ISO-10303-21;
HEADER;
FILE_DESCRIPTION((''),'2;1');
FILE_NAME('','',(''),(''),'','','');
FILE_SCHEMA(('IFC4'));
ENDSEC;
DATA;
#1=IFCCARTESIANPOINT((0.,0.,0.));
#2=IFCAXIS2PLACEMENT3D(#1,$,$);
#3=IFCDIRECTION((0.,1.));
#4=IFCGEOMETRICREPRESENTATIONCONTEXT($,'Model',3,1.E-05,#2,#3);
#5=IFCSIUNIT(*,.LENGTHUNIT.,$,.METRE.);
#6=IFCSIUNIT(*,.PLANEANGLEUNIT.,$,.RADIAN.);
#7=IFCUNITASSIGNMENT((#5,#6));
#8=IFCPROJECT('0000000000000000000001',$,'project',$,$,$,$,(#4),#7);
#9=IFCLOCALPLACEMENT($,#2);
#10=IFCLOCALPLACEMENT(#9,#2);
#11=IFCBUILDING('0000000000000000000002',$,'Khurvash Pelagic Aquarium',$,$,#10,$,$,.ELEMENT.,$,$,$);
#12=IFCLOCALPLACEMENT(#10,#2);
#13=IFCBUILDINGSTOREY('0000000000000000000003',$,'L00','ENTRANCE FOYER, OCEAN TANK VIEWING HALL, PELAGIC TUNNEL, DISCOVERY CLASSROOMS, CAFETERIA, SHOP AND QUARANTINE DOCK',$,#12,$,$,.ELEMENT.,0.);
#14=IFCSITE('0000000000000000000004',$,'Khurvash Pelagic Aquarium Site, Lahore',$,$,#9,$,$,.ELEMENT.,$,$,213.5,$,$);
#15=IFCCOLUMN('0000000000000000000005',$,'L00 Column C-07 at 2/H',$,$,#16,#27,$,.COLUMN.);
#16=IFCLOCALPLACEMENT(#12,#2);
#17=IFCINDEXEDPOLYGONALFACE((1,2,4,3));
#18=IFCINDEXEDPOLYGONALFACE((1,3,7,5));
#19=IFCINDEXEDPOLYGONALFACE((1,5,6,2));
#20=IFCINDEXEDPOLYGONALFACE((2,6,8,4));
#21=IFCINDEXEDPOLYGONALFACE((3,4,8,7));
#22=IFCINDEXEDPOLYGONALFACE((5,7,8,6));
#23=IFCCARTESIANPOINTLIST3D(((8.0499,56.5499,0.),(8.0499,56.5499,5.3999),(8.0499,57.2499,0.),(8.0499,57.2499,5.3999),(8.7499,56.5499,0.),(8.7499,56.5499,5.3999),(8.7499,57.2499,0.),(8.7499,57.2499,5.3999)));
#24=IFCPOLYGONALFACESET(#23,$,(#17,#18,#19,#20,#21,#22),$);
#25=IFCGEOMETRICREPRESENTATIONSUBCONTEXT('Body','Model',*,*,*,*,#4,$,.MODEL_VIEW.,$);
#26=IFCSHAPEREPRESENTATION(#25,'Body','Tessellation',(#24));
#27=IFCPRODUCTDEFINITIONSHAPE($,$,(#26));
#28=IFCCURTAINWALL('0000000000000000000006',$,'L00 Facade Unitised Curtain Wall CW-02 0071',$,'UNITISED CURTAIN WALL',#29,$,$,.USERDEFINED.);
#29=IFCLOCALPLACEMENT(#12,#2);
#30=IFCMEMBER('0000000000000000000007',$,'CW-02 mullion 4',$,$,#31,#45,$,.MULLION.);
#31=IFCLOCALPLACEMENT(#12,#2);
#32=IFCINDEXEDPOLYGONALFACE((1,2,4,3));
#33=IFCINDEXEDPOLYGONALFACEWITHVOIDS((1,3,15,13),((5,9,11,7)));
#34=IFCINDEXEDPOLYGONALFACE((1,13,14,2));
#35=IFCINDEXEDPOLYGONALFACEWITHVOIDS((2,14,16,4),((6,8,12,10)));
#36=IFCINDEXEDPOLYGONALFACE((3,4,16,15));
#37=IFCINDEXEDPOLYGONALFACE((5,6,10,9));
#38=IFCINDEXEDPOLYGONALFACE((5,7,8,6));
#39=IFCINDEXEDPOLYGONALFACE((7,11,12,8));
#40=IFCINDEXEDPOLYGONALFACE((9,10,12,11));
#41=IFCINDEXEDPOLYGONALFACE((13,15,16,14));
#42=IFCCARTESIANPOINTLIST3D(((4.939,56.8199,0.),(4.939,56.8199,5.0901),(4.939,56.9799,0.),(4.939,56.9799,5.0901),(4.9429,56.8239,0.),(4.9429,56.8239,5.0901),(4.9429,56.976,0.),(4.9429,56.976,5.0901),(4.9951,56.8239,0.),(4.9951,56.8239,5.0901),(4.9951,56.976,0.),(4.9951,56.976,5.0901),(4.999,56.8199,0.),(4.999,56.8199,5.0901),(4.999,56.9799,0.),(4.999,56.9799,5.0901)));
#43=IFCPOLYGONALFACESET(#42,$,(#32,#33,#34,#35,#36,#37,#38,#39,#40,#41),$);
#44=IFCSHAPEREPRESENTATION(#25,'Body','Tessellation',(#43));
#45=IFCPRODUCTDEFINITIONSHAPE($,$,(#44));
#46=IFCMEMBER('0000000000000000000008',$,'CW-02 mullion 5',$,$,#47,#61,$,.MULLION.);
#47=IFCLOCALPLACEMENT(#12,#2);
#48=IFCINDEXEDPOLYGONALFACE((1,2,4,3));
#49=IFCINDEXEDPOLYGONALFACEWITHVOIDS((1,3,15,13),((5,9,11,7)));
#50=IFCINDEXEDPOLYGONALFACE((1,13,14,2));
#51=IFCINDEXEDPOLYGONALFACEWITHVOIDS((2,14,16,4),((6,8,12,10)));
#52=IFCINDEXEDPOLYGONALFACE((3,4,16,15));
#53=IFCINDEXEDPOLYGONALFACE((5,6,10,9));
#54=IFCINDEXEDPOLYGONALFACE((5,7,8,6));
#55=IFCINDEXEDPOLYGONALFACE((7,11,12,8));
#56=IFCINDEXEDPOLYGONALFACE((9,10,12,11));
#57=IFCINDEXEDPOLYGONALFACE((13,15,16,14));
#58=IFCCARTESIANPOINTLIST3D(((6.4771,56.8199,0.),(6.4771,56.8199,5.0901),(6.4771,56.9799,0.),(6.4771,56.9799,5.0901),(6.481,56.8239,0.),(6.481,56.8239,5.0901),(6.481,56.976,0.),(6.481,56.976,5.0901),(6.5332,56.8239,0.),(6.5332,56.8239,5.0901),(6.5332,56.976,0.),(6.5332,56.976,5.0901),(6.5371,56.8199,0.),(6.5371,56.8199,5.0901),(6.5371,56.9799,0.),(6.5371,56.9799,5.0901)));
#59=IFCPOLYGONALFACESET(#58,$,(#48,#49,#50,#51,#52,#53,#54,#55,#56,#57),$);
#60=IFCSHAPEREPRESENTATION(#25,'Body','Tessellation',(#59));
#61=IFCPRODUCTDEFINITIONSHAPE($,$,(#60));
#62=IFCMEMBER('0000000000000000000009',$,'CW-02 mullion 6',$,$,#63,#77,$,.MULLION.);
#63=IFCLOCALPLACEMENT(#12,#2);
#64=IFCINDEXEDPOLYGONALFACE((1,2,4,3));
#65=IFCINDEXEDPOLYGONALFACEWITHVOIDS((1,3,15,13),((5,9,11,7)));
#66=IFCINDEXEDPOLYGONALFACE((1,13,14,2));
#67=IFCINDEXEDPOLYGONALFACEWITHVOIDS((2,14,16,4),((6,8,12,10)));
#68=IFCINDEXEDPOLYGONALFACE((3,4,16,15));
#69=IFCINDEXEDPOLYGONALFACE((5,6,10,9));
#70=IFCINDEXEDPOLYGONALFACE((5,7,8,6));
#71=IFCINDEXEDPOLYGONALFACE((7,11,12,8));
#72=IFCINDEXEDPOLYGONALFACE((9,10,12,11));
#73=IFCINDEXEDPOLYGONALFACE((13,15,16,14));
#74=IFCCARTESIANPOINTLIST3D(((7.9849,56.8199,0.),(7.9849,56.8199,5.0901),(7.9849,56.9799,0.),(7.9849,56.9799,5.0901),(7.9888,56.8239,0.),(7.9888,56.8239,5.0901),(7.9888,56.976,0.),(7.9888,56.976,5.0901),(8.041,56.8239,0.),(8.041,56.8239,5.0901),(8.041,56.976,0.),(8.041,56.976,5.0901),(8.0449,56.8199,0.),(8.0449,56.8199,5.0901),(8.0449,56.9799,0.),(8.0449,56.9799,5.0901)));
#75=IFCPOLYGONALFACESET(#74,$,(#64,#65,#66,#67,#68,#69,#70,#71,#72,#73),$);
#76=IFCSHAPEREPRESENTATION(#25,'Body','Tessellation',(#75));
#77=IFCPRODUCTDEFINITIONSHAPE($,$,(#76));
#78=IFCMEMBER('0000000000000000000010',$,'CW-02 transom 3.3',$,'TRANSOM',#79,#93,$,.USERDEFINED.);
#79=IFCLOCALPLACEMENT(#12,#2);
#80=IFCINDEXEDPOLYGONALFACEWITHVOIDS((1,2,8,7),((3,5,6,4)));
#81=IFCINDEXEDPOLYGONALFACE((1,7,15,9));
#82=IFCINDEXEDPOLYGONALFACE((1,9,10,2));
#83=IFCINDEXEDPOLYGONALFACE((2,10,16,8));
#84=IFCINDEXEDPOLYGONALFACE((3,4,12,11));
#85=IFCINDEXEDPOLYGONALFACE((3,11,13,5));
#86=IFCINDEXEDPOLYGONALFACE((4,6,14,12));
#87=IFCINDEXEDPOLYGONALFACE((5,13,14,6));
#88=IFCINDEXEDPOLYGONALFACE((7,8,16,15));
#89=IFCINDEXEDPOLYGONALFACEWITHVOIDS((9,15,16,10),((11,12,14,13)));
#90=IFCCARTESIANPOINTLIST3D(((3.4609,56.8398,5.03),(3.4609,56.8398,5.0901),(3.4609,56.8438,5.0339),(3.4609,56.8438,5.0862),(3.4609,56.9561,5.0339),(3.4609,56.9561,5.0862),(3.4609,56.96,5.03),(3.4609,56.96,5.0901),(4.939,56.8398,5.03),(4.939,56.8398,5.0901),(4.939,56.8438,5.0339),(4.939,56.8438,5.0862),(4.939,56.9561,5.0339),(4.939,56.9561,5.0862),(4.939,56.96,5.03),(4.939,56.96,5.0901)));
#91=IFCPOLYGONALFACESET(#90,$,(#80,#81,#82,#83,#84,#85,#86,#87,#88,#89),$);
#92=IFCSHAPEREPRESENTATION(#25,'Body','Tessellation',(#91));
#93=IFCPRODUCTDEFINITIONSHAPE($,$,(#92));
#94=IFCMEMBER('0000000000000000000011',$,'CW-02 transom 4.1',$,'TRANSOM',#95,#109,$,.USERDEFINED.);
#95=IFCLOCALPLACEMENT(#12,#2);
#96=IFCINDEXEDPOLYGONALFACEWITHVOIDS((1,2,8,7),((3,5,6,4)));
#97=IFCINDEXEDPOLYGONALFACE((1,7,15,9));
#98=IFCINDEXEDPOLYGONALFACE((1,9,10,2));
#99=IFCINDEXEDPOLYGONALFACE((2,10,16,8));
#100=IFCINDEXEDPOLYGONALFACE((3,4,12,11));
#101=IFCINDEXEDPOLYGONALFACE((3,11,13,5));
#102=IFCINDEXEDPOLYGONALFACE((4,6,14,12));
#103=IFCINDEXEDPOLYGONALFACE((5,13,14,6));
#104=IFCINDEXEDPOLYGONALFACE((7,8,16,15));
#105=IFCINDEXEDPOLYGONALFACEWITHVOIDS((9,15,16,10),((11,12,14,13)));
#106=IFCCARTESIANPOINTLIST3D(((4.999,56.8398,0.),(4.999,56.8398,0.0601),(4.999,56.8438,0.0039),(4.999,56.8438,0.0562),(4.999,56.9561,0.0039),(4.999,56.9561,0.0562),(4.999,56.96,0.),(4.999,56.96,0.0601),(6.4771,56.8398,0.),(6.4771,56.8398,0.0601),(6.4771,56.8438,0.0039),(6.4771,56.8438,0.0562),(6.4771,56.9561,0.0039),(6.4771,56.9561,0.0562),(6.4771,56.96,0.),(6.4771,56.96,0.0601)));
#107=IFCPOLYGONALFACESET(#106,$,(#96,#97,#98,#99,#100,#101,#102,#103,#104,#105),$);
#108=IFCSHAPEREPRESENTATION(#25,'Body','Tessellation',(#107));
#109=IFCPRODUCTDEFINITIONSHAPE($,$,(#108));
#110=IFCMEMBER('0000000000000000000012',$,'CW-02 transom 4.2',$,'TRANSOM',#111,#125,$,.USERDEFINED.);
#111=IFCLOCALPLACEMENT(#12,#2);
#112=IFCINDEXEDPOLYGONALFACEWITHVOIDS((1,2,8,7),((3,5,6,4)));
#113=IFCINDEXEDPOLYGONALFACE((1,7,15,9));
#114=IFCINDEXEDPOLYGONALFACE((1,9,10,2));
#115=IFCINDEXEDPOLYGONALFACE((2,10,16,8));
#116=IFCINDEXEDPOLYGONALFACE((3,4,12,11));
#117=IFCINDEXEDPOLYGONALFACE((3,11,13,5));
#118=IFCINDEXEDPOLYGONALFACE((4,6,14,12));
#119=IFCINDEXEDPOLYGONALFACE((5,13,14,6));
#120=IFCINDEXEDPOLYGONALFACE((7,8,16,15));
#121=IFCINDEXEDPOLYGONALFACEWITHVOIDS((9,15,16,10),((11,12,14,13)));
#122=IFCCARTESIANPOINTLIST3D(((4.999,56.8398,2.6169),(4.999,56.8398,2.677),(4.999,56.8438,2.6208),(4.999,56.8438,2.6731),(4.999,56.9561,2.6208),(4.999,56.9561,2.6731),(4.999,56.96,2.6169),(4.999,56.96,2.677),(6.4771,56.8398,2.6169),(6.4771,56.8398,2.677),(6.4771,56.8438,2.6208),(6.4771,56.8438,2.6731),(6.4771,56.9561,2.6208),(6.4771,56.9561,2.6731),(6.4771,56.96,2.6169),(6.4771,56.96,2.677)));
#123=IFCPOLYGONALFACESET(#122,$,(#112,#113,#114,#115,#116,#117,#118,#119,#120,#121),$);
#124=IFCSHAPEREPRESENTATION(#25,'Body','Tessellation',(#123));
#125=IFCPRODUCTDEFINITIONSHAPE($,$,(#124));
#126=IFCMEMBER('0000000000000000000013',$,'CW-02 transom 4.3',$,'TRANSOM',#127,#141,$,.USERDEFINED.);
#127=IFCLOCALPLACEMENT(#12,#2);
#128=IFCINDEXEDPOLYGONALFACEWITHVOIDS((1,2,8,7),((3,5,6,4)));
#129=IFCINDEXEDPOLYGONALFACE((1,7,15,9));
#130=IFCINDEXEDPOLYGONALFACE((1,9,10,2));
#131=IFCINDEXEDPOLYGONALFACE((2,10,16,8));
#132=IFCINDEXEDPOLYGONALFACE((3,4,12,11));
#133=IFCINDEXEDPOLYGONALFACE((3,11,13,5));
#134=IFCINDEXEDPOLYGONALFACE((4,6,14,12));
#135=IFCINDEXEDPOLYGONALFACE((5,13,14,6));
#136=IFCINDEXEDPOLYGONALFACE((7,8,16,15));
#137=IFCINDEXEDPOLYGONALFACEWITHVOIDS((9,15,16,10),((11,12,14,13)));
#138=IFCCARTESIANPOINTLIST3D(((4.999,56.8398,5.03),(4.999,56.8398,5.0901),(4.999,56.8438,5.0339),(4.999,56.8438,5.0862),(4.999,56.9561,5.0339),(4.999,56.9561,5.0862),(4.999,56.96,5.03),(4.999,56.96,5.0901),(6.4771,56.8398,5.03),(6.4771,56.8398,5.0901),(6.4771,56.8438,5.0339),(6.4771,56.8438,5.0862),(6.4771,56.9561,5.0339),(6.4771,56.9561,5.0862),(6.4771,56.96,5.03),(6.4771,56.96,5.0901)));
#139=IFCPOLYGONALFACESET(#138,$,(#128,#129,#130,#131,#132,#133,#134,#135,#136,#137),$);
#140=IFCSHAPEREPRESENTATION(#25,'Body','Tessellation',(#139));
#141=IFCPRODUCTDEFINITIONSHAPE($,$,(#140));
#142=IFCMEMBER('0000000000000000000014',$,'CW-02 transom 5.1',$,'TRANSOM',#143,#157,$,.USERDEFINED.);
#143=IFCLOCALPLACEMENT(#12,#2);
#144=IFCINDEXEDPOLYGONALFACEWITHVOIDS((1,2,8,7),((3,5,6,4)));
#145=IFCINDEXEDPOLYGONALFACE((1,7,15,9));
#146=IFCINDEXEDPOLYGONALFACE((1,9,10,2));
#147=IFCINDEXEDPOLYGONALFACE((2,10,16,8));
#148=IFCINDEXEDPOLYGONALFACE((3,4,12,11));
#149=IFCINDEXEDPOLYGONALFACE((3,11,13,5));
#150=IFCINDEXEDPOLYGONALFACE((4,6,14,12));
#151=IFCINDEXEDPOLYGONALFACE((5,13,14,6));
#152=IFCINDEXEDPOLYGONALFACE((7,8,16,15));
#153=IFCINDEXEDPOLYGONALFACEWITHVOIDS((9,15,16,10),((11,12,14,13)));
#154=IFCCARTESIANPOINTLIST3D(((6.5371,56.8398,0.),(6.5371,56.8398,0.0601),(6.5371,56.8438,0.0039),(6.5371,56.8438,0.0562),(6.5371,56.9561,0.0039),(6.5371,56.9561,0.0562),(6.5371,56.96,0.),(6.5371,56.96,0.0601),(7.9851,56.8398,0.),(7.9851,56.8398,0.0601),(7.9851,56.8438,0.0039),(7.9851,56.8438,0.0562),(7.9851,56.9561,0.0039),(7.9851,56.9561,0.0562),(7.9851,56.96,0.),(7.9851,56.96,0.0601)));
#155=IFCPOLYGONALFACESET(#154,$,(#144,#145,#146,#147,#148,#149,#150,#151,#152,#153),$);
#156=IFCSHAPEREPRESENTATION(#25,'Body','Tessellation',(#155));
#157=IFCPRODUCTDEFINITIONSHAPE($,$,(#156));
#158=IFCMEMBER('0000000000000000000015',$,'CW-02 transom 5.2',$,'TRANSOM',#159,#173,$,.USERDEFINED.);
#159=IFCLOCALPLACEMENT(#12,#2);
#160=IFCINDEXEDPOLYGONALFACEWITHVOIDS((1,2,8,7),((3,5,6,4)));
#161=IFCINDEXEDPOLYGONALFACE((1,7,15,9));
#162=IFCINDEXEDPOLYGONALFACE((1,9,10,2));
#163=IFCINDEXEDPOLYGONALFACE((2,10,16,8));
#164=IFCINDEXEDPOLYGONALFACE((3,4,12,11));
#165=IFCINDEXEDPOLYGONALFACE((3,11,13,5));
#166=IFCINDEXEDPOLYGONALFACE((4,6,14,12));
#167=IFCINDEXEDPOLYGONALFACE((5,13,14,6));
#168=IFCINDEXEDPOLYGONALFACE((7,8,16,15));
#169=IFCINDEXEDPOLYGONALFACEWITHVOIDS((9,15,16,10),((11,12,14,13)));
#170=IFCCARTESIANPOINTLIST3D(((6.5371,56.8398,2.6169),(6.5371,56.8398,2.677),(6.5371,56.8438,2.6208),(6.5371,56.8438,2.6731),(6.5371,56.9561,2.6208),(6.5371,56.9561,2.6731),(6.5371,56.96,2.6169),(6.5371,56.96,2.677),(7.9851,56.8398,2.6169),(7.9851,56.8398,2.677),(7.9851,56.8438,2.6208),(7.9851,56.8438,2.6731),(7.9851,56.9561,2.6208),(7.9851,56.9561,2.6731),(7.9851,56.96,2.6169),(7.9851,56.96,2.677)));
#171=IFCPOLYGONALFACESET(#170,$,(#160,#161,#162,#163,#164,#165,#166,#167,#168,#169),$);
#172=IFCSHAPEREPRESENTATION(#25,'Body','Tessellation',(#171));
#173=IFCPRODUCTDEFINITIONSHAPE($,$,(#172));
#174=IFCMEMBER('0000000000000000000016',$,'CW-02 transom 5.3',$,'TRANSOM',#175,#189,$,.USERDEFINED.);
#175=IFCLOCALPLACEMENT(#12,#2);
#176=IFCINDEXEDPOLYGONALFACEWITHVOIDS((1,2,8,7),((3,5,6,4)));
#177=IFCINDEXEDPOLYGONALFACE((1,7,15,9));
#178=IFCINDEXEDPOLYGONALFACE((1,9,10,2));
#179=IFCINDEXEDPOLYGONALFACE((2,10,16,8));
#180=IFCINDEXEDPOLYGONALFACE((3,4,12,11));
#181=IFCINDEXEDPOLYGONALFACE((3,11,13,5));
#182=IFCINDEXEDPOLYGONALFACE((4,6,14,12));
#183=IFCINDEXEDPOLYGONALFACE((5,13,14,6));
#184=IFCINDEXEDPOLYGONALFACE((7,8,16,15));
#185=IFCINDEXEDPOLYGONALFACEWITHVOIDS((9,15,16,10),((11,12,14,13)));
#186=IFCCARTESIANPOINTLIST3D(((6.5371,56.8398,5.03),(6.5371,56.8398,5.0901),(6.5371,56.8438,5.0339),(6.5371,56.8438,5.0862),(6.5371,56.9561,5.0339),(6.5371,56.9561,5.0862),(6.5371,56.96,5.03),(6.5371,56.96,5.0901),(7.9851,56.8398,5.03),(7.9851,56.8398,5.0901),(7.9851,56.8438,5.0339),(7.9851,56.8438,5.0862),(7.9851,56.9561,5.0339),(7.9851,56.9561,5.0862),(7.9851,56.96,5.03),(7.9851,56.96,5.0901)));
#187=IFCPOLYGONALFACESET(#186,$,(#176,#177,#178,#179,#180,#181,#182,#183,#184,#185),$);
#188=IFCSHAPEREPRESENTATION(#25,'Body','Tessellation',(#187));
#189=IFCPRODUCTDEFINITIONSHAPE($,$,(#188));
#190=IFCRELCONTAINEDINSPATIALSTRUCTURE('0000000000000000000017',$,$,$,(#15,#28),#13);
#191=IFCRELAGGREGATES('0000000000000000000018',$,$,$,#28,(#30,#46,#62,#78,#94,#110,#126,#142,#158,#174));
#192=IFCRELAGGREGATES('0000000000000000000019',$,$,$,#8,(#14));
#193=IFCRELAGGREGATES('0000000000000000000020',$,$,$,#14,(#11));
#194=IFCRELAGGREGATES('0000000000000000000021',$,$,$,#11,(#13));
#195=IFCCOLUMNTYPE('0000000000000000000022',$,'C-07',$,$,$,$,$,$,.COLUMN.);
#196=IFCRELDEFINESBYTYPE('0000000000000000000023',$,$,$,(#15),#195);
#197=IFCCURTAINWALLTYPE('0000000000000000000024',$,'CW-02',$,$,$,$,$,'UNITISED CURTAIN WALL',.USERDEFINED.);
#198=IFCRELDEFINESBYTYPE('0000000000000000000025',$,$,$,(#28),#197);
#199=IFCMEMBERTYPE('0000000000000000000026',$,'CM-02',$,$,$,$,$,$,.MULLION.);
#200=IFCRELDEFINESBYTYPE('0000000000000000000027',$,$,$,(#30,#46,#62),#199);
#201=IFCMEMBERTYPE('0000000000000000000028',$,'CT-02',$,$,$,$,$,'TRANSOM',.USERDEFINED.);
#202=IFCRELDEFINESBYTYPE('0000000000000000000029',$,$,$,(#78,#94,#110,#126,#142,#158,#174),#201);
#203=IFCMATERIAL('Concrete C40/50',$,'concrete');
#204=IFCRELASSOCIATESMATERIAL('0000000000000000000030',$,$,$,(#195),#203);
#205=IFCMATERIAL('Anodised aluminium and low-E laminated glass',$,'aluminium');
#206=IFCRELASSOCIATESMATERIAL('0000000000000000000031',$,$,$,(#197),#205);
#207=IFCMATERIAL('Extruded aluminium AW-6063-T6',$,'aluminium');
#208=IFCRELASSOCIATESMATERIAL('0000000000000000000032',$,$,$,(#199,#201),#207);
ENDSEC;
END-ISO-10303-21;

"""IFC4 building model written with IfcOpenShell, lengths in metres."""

from ifc_helpers import new_model, si_unit, direction, frame, origin, origin_2d, place, context, subcontext, project, spatial, rectangle, hollow_rectangle, extrude, material, material_profile, profile_set, type_object, element, aggregate, save


model = new_model("IFC4")

# Units and contexts
model_context = context("Model", 3, precision=1e-05, world=origin(), true_north=direction((0.0, 1.0)))
body_context = subcontext(model_context, "Body", "Model", "MODEL_VIEW")
ifc_project = project(units=[si_unit("LENGTHUNIT", "METRE"), si_unit("PLANEANGLEUNIT", "RADIAN")], contexts=[model_context])

# Site, building, storey
site_placement = place(None, origin())
site = spatial("IfcSite", under=ifc_project, at=site_placement, Name="Khurvash Pelagic Aquarium Site, Lahore", CompositionType="ELEMENT", RefElevation=213.5)
building_placement = place(site_placement, origin())
building = spatial("IfcBuilding", under=site, at=building_placement, Name="Khurvash Pelagic Aquarium", CompositionType="ELEMENT")
storey_placement = place(building_placement, origin())
storey = spatial("IfcBuildingStorey", under=building, at=storey_placement, Name="L00", Description="ENTRANCE FOYER, OCEAN TANK VIEWING HALL, PELAGIC TUNNEL, DISCOVERY CLASSROOMS, CAFETERIA, SHOP AND QUARANTINE DOCK", CompositionType="ELEMENT", Elevation=0.0)

# Column
ifc_material_1 = material(Name="Concrete C40/50", Category="concrete")
ifc_material_profile_1 = material_profile(ifc_material_1, rectangle(XDim=0.7, YDim=0.7, at=origin_2d()), Name="RC700X700")
ifc_profile_set_1 = profile_set([ifc_material_profile_1], Name="Concrete C40/50")
column_type = type_object("IfcColumnType", Name="C-07", PredefinedType="COLUMN", material=ifc_profile_set_1)
column_placement = place(storey_placement, frame((8.3999, 56.8999, 0.0), z_axis=(0.0, 0.0, 1.0), x_axis=(1.0, 0.0, 0.0)))
element("IfcColumn", 1, at=column_placement, inside=storey, type_object=column_type, Name="L00 Column C-07 at 2/H", PredefinedType="COLUMN", context=body_context, shape_type="SweptSolid", body=[
    extrude(rectangle(XDim=0.7, YDim=0.7, at=origin_2d()), origin(), (0.0, 0.0, 1.0), 5.3999),
])

# Curtain wall, members
ifc_material_2 = material(Name="Anodised aluminium and low-E laminated glass", Category="aluminium")
curtain_wall_type = type_object("IfcCurtainWallType", Name="CW-02", ElementType="UNITISED CURTAIN WALL", PredefinedType="USERDEFINED", material=ifc_material_2)
curtain_wall_placement = place(storey_placement, origin())
curtain_wall = element("IfcCurtainWall", 2, at=curtain_wall_placement, inside=storey, type_object=curtain_wall_type, Name="L00 Facade Unitised Curtain Wall CW-02 0071", ObjectType="UNITISED CURTAIN WALL", PredefinedType="USERDEFINED")
ifc_material_3 = material(Name="Extruded aluminium AW-6063-T6", Category="aluminium")
ifc_material_profile_2 = material_profile(ifc_material_3, hollow_rectangle(XDim=0.0601, YDim=0.1599, WallThickness=0.0039, at=origin_2d()), Name="CWM60X160X4")
ifc_profile_set_2 = profile_set([ifc_material_profile_2], Name="Extruded aluminium AW-6063-T6")
member_type_1 = type_object("IfcMemberType", Name="CM-02", PredefinedType="MULLION", material=ifc_profile_set_2)
member_1_placement = place(storey_placement, frame((4.969, 56.8999, 0.0), z_axis=(0.0, 0.0, 1.0), x_axis=(1.0, 0.0, 0.0)))
member_1 = element("IfcMember", 3, at=member_1_placement, type_object=member_type_1, Name="CW-02 mullion 4", PredefinedType="MULLION", context=body_context, shape_type="SweptSolid", body=[
    extrude(hollow_rectangle(XDim=0.0601, YDim=0.1599, WallThickness=0.0039, at=origin_2d()), origin(), (0.0, 0.0, 1.0), 5.0901),
])
member_2_placement = place(storey_placement, frame((6.5071, 56.8999, 0.0), z_axis=(0.0, 0.0, 1.0), x_axis=(1.0, 0.0, 0.0)))
member_2 = element("IfcMember", 4, at=member_2_placement, type_object=member_type_1, Name="CW-02 mullion 5", PredefinedType="MULLION", context=body_context, shape_type="SweptSolid", body=[
    extrude(hollow_rectangle(XDim=0.0601, YDim=0.1599, WallThickness=0.0039, at=origin_2d()), origin(), (0.0, 0.0, 1.0), 5.0901),
])
member_3_placement = place(storey_placement, frame((8.0149, 56.8999, 0.0), z_axis=(0.0, 0.0, 1.0), x_axis=(1.0, 0.0, 0.0)))
member_3 = element("IfcMember", 5, at=member_3_placement, type_object=member_type_1, Name="CW-02 mullion 6", PredefinedType="MULLION", context=body_context, shape_type="SweptSolid", body=[
    extrude(hollow_rectangle(XDim=0.0601, YDim=0.1599, WallThickness=0.0039, at=origin_2d()), origin(), (0.0, 0.0, 1.0), 5.0901),
])
ifc_material_profile_3 = material_profile(ifc_material_3, hollow_rectangle(XDim=0.1201, YDim=0.0601, WallThickness=0.0039, at=origin_2d()), Name="CWT120X60X4")
ifc_profile_set_3 = profile_set([ifc_material_profile_3], Name="Extruded aluminium AW-6063-T6")
member_type_2 = type_object("IfcMemberType", Name="CT-02", ElementType="TRANSOM", PredefinedType="USERDEFINED", material=ifc_profile_set_3)
member_4_placement = place(storey_placement, frame((3.4609, 56.8999, 5.0601), z_axis=(1.0, 0.0, 0.0), x_axis=(0.0, 1.0, 0.0)))
member_4 = element("IfcMember", 6, at=member_4_placement, type_object=member_type_2, Name="CW-02 transom 3.3", ObjectType="TRANSOM", PredefinedType="USERDEFINED", context=body_context, shape_type="SweptSolid", body=[
    extrude(hollow_rectangle(XDim=0.1201, YDim=0.0601, WallThickness=0.0039, at=origin_2d()), origin(), (0.0, 0.0, 1.0), 1.478),
])
member_5_placement = place(storey_placement, frame((4.999, 56.8999, 0.03), z_axis=(1.0, 0.0, 0.0), x_axis=(0.0, 1.0, 0.0)))
member_5 = element("IfcMember", 7, at=member_5_placement, type_object=member_type_2, Name="CW-02 transom 4.1", ObjectType="TRANSOM", PredefinedType="USERDEFINED", context=body_context, shape_type="SweptSolid", body=[
    extrude(hollow_rectangle(XDim=0.1201, YDim=0.0601, WallThickness=0.0039, at=origin_2d()), origin(), (0.0, 0.0, 1.0), 1.478),
])
member_6_placement = place(storey_placement, frame((4.999, 56.8999, 2.647), z_axis=(1.0, 0.0, 0.0), x_axis=(0.0, 1.0, 0.0)))
member_6 = element("IfcMember", 8, at=member_6_placement, type_object=member_type_2, Name="CW-02 transom 4.2", ObjectType="TRANSOM", PredefinedType="USERDEFINED", context=body_context, shape_type="SweptSolid", body=[
    extrude(hollow_rectangle(XDim=0.1201, YDim=0.0601, WallThickness=0.0039, at=origin_2d()), origin(), (0.0, 0.0, 1.0), 1.478),
])
member_7_placement = place(storey_placement, frame((4.999, 56.8999, 5.0601), z_axis=(1.0, 0.0, 0.0), x_axis=(0.0, 1.0, 0.0)))
member_7 = element("IfcMember", 9, at=member_7_placement, type_object=member_type_2, Name="CW-02 transom 4.3", ObjectType="TRANSOM", PredefinedType="USERDEFINED", context=body_context, shape_type="SweptSolid", body=[
    extrude(hollow_rectangle(XDim=0.1201, YDim=0.0601, WallThickness=0.0039, at=origin_2d()), origin(), (0.0, 0.0, 1.0), 1.478),
])
member_8_placement = place(storey_placement, frame((6.5371, 56.8999, 0.03), z_axis=(1.0, 0.0, 0.0), x_axis=(0.0, 1.0, 0.0)))
member_8 = element("IfcMember", 10, at=member_8_placement, type_object=member_type_2, Name="CW-02 transom 5.1", ObjectType="TRANSOM", PredefinedType="USERDEFINED", context=body_context, shape_type="SweptSolid", body=[
    extrude(hollow_rectangle(XDim=0.1201, YDim=0.0601, WallThickness=0.0039, at=origin_2d()), origin(), (0.0, 0.0, 1.0), 1.448),
])
member_9_placement = place(storey_placement, frame((6.5371, 56.8999, 2.647), z_axis=(1.0, 0.0, 0.0), x_axis=(0.0, 1.0, 0.0)))
member_9 = element("IfcMember", 11, at=member_9_placement, type_object=member_type_2, Name="CW-02 transom 5.2", ObjectType="TRANSOM", PredefinedType="USERDEFINED", context=body_context, shape_type="SweptSolid", body=[
    extrude(hollow_rectangle(XDim=0.1201, YDim=0.0601, WallThickness=0.0039, at=origin_2d()), origin(), (0.0, 0.0, 1.0), 1.448),
])
member_10_placement = place(storey_placement, frame((6.5371, 56.8999, 5.0601), z_axis=(1.0, 0.0, 0.0), x_axis=(0.0, 1.0, 0.0)))
member_10 = element("IfcMember", 12, at=member_10_placement, type_object=member_type_2, Name="CW-02 transom 5.3", ObjectType="TRANSOM", PredefinedType="USERDEFINED", context=body_context, shape_type="SweptSolid", body=[
    extrude(hollow_rectangle(XDim=0.1201, YDim=0.0601, WallThickness=0.0039, at=origin_2d()), origin(), (0.0, 0.0, 1.0), 1.448),
])
aggregate(curtain_wall, [member_1, member_2, member_3, member_4, member_5, member_6, member_7, member_8, member_9, member_10])

save(model, "model.ifc")
